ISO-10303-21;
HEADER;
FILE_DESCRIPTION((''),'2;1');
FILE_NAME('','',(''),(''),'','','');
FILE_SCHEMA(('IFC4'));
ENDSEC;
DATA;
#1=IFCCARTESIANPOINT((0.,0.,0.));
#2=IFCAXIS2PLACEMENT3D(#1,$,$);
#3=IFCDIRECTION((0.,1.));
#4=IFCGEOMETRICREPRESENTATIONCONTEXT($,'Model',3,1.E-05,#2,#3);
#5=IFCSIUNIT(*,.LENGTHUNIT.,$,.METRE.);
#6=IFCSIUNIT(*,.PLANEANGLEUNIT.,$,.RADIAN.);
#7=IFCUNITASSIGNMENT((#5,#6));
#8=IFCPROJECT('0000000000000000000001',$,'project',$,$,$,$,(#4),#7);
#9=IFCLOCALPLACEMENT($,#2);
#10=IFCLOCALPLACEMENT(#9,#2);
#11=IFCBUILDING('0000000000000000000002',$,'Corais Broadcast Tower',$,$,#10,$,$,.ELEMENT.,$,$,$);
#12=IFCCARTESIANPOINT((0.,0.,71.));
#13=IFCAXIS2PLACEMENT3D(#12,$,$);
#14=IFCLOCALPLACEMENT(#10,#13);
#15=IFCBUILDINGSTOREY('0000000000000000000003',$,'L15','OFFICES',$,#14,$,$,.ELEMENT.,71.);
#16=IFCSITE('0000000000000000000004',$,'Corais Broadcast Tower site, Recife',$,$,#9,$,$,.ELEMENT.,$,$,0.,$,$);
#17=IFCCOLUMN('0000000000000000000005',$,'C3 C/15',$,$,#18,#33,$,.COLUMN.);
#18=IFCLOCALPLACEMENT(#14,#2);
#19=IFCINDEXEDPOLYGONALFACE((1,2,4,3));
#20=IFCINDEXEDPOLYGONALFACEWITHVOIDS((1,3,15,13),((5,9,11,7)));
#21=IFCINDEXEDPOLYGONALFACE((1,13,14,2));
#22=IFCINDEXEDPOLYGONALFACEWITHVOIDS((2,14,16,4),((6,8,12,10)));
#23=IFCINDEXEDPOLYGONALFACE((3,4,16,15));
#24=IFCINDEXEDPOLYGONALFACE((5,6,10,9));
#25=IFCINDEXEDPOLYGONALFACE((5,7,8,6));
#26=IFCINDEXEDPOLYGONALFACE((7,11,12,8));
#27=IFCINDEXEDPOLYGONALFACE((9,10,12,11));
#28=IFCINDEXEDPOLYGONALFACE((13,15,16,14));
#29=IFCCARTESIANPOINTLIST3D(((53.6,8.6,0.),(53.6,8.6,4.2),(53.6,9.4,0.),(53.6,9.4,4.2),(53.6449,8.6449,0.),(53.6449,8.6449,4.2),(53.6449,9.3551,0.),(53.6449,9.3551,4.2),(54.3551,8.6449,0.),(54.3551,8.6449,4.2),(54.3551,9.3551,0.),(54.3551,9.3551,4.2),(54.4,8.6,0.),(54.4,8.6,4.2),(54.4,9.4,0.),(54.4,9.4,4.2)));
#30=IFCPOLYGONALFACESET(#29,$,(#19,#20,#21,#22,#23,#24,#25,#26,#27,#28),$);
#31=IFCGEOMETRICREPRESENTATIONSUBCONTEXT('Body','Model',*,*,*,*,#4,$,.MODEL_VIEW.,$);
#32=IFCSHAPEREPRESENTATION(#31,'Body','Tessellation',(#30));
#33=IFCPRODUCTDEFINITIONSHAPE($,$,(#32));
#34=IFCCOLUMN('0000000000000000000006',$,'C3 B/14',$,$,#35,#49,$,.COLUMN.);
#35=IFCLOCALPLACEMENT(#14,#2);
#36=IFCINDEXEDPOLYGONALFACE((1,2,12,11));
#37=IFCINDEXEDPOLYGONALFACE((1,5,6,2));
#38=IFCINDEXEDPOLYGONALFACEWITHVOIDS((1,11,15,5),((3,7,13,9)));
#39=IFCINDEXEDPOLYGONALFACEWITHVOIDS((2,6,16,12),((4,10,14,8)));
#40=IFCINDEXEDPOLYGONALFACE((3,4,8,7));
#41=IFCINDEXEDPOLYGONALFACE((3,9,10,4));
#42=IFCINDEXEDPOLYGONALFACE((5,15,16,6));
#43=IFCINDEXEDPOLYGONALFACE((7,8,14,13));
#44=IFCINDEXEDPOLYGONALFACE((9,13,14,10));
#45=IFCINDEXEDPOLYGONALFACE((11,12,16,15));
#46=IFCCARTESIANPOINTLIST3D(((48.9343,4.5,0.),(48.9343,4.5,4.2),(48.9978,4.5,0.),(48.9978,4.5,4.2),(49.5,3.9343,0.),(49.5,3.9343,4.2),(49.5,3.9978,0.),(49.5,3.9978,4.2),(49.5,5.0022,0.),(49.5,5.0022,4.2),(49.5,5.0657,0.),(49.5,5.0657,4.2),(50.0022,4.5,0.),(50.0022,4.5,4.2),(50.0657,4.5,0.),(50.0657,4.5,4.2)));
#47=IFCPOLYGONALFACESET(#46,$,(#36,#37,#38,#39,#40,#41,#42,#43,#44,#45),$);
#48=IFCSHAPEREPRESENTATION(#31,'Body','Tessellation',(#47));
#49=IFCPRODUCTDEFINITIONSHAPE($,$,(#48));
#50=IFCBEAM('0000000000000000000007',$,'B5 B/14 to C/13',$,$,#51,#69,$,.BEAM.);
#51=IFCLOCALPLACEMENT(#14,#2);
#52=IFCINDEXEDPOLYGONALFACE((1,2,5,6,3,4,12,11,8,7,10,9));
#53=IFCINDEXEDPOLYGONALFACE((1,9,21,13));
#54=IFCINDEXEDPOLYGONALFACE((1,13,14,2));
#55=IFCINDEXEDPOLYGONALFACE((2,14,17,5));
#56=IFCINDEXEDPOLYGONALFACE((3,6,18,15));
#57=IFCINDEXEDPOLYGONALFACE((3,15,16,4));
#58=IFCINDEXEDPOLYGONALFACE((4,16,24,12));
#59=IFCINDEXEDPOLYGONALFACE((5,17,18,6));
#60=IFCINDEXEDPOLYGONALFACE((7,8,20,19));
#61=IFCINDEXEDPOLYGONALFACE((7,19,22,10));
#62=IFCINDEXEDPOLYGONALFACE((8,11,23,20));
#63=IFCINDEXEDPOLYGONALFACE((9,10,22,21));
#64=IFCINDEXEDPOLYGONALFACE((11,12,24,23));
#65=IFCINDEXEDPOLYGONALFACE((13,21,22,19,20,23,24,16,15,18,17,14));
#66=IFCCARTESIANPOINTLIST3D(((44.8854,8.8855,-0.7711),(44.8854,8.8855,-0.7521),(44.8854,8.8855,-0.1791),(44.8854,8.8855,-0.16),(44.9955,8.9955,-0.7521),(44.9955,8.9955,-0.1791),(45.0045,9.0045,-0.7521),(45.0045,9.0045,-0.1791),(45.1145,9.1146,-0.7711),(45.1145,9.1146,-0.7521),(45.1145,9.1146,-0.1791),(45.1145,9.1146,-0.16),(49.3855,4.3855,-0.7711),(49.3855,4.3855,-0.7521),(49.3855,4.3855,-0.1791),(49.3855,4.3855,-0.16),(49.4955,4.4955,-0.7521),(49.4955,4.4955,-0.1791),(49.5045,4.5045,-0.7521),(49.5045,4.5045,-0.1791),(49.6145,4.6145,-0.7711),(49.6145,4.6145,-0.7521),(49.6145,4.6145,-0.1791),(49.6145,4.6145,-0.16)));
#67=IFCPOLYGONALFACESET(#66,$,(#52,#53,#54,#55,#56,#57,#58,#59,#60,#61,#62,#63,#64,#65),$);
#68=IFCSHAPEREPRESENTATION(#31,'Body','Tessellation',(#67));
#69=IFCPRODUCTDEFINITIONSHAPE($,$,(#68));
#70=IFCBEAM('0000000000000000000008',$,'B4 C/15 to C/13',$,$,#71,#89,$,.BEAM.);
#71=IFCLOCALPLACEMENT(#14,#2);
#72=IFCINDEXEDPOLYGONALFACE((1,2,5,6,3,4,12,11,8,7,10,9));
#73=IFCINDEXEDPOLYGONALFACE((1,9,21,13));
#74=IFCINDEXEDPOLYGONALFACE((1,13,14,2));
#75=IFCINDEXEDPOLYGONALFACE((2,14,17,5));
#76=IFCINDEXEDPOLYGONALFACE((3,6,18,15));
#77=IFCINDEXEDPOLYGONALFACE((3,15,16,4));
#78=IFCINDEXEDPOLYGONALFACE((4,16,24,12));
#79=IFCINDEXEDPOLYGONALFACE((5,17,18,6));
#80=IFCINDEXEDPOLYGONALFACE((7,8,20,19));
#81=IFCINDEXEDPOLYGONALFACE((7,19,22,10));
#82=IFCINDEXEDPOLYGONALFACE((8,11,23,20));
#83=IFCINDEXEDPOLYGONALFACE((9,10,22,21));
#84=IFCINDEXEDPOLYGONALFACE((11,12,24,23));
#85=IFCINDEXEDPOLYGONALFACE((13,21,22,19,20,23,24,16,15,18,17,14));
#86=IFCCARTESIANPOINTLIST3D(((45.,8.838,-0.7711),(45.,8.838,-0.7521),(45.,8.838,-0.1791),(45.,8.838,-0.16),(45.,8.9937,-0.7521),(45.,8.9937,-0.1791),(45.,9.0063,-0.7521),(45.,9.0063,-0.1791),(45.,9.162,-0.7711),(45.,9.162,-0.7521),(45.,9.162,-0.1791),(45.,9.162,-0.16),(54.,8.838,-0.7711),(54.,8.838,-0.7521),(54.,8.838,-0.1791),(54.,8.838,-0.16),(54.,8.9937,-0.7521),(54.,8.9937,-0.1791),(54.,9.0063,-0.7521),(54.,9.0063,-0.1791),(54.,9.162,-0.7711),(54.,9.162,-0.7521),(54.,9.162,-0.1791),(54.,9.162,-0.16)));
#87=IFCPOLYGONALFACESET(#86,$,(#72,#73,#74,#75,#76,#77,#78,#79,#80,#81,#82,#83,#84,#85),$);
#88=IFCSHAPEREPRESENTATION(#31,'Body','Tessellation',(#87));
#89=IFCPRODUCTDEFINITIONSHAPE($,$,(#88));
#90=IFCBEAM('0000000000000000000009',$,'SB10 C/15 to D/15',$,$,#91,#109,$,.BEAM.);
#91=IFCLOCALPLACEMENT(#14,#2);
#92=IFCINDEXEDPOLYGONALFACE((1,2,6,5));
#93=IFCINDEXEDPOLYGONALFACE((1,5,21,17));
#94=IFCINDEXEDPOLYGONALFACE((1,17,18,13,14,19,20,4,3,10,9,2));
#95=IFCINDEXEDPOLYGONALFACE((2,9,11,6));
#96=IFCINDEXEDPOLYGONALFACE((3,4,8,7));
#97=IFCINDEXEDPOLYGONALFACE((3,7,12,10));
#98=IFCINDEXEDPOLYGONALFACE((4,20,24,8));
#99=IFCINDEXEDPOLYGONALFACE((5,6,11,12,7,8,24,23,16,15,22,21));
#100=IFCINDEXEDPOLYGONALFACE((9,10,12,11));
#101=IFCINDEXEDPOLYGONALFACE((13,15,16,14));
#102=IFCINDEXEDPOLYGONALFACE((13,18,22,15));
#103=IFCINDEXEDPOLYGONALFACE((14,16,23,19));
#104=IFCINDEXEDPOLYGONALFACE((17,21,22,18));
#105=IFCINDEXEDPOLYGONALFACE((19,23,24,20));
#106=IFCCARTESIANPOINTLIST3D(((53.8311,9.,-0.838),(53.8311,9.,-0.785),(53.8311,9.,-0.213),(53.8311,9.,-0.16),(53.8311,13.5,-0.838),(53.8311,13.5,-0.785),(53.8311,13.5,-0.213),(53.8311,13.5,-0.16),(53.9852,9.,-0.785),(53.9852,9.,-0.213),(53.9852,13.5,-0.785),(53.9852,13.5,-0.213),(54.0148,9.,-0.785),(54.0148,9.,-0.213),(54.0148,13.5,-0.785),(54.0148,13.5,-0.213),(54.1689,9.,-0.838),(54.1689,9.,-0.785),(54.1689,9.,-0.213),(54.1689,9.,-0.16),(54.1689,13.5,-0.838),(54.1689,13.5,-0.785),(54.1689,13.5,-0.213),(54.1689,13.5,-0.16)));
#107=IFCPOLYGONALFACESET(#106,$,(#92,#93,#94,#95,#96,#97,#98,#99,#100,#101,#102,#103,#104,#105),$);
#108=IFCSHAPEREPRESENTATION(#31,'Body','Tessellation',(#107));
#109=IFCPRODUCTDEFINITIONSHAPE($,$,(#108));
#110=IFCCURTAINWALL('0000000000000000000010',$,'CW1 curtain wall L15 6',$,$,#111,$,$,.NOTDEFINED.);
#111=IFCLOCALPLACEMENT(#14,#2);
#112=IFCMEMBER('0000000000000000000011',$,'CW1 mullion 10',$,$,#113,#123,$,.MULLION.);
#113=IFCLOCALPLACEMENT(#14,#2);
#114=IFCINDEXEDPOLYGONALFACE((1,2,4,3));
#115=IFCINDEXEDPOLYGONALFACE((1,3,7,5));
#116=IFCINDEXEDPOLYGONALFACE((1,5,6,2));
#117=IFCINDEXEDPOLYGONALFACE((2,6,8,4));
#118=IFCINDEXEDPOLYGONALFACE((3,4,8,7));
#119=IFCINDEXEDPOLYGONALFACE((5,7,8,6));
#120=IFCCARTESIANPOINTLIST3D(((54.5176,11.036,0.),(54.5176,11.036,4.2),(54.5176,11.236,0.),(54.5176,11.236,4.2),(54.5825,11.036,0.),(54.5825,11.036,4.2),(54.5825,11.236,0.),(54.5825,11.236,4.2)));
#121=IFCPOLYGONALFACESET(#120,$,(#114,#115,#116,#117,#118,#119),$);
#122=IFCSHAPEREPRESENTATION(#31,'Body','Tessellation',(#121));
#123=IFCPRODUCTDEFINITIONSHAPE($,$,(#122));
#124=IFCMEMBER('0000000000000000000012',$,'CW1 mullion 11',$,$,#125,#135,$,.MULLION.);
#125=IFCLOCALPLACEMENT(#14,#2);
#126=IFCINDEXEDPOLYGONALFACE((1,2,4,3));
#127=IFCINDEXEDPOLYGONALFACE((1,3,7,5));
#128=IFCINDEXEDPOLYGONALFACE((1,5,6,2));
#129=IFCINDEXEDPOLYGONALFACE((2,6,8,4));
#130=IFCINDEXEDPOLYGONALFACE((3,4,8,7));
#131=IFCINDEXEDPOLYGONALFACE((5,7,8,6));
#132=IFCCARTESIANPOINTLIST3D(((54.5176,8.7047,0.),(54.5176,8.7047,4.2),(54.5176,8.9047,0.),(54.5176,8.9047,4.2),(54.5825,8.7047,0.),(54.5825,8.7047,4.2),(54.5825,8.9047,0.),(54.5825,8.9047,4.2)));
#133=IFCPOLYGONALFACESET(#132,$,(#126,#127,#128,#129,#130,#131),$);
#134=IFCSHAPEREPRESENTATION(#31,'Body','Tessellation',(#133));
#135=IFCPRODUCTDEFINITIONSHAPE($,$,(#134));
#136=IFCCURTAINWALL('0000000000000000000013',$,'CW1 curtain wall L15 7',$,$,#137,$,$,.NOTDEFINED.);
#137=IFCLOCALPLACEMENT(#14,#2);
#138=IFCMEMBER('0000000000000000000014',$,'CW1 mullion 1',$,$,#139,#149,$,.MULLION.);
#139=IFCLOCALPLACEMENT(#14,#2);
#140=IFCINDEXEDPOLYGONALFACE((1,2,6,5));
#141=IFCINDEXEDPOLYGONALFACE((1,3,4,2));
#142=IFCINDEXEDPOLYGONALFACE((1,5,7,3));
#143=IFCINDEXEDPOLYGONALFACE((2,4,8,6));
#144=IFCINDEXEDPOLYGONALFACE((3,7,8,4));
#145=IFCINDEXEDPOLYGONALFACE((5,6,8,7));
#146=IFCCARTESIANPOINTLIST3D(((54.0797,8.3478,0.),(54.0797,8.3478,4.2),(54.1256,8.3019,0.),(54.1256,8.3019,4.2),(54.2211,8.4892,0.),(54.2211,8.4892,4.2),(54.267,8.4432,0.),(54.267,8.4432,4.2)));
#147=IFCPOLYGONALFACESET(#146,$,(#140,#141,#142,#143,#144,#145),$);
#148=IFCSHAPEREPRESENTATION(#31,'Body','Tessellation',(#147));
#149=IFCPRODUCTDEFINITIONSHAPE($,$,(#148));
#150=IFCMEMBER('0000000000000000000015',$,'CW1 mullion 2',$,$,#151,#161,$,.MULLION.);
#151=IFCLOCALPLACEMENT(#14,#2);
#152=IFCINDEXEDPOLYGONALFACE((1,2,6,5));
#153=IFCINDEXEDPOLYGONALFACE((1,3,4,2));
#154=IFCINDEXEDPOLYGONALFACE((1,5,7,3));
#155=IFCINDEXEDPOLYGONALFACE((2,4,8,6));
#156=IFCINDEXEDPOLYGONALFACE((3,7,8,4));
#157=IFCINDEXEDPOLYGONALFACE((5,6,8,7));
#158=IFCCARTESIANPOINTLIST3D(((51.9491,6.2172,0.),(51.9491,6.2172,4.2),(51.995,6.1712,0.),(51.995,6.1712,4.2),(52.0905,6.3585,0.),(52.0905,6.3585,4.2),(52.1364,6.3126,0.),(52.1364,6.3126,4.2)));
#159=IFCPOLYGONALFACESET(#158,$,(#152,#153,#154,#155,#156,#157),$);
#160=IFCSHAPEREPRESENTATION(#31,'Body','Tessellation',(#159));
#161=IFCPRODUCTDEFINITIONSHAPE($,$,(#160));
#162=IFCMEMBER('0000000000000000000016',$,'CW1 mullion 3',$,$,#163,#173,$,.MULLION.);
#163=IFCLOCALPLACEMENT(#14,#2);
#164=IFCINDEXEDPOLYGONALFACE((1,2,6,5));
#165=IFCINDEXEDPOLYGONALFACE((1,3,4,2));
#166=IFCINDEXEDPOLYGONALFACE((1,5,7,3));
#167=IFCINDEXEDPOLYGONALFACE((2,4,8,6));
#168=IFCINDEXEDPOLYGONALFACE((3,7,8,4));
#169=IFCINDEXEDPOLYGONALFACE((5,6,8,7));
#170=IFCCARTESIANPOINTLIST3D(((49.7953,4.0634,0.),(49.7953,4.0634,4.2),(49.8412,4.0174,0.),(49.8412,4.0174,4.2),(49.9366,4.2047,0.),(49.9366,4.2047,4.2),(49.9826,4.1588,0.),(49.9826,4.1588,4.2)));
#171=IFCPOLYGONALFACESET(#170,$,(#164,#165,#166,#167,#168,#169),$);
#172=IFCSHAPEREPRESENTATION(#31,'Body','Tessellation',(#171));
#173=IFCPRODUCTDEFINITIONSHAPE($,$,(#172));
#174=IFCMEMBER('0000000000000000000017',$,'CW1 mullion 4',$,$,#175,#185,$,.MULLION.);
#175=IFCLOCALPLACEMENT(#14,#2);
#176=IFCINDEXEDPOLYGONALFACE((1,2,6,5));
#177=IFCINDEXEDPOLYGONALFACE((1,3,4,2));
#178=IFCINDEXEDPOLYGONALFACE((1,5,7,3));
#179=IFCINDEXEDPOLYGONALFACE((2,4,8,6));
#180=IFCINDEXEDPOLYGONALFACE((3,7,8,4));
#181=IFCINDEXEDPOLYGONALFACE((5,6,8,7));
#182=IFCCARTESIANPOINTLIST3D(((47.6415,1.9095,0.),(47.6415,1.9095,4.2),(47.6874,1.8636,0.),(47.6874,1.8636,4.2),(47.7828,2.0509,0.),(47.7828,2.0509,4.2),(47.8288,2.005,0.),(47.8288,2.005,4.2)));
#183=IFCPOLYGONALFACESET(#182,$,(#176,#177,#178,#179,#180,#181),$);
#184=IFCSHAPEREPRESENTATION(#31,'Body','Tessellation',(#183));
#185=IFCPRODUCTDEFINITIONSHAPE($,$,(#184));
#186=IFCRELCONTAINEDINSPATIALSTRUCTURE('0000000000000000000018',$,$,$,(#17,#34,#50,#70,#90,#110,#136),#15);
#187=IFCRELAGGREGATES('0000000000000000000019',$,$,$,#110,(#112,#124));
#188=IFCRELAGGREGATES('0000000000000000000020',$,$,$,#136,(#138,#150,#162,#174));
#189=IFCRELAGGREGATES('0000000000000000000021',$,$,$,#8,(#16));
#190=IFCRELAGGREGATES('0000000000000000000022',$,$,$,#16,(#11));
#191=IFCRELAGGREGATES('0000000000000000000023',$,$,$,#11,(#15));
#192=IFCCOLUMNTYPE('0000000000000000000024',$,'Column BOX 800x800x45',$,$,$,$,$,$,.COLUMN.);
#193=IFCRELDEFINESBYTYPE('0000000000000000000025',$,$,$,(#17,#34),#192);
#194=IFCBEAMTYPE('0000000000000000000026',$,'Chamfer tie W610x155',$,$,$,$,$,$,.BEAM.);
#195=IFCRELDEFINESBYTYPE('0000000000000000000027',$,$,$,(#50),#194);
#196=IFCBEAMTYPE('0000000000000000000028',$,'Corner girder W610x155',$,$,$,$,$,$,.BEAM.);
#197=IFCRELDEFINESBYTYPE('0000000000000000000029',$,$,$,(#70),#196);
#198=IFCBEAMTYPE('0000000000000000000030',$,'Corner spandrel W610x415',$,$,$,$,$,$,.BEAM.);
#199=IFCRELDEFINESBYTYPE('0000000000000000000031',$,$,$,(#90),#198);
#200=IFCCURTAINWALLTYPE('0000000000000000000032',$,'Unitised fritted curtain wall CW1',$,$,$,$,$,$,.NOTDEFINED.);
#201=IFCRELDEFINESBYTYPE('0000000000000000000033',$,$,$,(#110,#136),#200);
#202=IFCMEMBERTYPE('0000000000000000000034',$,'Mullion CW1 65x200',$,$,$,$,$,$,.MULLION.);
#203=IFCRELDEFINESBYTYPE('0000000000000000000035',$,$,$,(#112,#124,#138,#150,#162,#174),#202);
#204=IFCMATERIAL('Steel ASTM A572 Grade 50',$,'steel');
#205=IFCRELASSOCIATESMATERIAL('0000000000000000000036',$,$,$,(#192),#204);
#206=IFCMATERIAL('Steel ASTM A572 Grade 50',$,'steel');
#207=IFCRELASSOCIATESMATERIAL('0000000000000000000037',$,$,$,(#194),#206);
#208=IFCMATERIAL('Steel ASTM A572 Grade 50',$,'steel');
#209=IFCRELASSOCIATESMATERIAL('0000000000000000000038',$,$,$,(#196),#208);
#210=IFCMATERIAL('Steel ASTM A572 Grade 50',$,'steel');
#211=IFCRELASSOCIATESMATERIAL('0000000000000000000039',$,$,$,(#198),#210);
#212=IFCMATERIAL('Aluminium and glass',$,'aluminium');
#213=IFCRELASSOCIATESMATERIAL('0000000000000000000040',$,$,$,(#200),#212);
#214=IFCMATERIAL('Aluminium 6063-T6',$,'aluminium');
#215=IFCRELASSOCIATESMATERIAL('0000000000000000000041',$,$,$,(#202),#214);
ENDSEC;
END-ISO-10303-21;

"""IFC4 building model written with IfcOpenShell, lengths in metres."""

from ifc_helpers import new_model, si_unit, direction, frame, origin, origin_2d, place, context, subcontext, project, spatial, rectangle, hollow_rectangle, i_section, extrude, material, material_profile, profile_set, type_object, element, aggregate, save


model = new_model("IFC4")

# Units and contexts
model_context = context("Model", 3, precision=1e-05, world=origin(), true_north=direction((0.0, 1.0)))
body_context = subcontext(model_context, "Body", "Model", "MODEL_VIEW")
ifc_project = project(units=[si_unit("LENGTHUNIT", "METRE"), si_unit("PLANEANGLEUNIT", "RADIAN")], contexts=[model_context])

# Site, building, storey
site_placement = place(None, origin())
site = spatial("IfcSite", under=ifc_project, at=site_placement, Name="Corais Broadcast Tower site, Recife", CompositionType="ELEMENT", RefElevation=0.0)
building_placement = place(site_placement, origin())
building = spatial("IfcBuilding", under=site, at=building_placement, Name="Corais Broadcast Tower", CompositionType="ELEMENT")
storey_placement = place(building_placement, frame((0.0, 0.0, 71.0)))
storey = spatial("IfcBuildingStorey", under=building, at=storey_placement, Name="L15", Description="OFFICES", CompositionType="ELEMENT", Elevation=71.0)

# Columns
ifc_material_1 = material(Name="Steel ASTM A572 Grade 50", Category="steel")
ifc_material_profile_1 = material_profile(ifc_material_1, hollow_rectangle(XDim=0.8, YDim=0.8, WallThickness=0.0449, at=origin_2d()), Name="BOX 800x800x45")
ifc_profile_set_1 = profile_set([ifc_material_profile_1], Name="Steel ASTM A572 Grade 50")
column_type = type_object("IfcColumnType", Name="Column BOX 800x800x45", PredefinedType="COLUMN", material=ifc_profile_set_1)
for number, where, z_axis, x_axis, name in (
    (1, (54.0, 9.0, 0.0), (0.0, 0.0, 1.0), (1.0, 0.0, 0.0), "C3 C/15"),
    (2, (49.5, 4.5, 0.0), (0.0, 0.0, 1.0), (0.707107, 0.707107, 0.0), "C3 B/14"),
):
    element("IfcColumn", number, at=place(storey_placement, frame(where, z_axis=z_axis, x_axis=x_axis)), inside=storey, type_object=column_type, Name=name, PredefinedType="COLUMN", context=body_context, shape_type="SweptSolid", body=[
        extrude(hollow_rectangle(XDim=0.8, YDim=0.8, WallThickness=0.0449, at=origin_2d()), origin(), (0.0, 0.0, 1.0), 4.2),
    ])

# Beams
ifc_material_2 = material(Name="Steel ASTM A572 Grade 50", Category="steel")
ifc_material_profile_2 = material_profile(ifc_material_2, i_section(OverallWidth=0.324, OverallDepth=0.6111, WebThickness=0.0127, FlangeThickness=0.019, at=origin_2d()), Name="W610x155")
ifc_profile_set_2 = profile_set([ifc_material_profile_2], Name="Steel ASTM A572 Grade 50")
beam_type_1 = type_object("IfcBeamType", Name="Chamfer tie W610x155", PredefinedType="BEAM", material=ifc_profile_set_2)
beam_1_placement = place(storey_placement, frame((49.5, 4.5, -0.4656), z_axis=(-0.707107, 0.707107, 0.0), x_axis=(-0.707107, -0.707107, 0.0)))
element("IfcBeam", 3, at=beam_1_placement, inside=storey, type_object=beam_type_1, Name="B5 B/14 to C/13", PredefinedType="BEAM", context=body_context, shape_type="SweptSolid", body=[
    extrude(i_section(OverallWidth=0.324, OverallDepth=0.6111, WebThickness=0.0127, FlangeThickness=0.019, at=origin_2d()), origin(), (0.0, 0.0, 1.0), 6.364),
])
ifc_material_3 = material(Name="Steel ASTM A572 Grade 50", Category="steel")
ifc_material_profile_3 = material_profile(ifc_material_3, i_section(OverallWidth=0.324, OverallDepth=0.6111, WebThickness=0.0127, FlangeThickness=0.019, at=origin_2d()), Name="W610x155")
ifc_profile_set_3 = profile_set([ifc_material_profile_3], Name="Steel ASTM A572 Grade 50")
beam_type_2 = type_object("IfcBeamType", Name="Corner girder W610x155", PredefinedType="BEAM", material=ifc_profile_set_3)
beam_2_placement = place(storey_placement, frame((54.0, 9.0, -0.4656), z_axis=(-1.0, 0.0, 0.0), x_axis=(0.0, -1.0, 0.0)))
element("IfcBeam", 4, at=beam_2_placement, inside=storey, type_object=beam_type_2, Name="B4 C/15 to C/13", PredefinedType="BEAM", context=body_context, shape_type="SweptSolid", body=[
    extrude(i_section(OverallWidth=0.324, OverallDepth=0.6111, WebThickness=0.0127, FlangeThickness=0.019, at=origin_2d()), origin(), (0.0, 0.0, 1.0), 9.0),
])
ifc_material_4 = material(Name="Steel ASTM A572 Grade 50", Category="steel")
ifc_material_profile_4 = material_profile(ifc_material_4, i_section(OverallWidth=0.3379, OverallDepth=0.678, WebThickness=0.0295, FlangeThickness=0.053, at=origin_2d()), Name="W610x415")
ifc_profile_set_4 = profile_set([ifc_material_profile_4], Name="Steel ASTM A572 Grade 50")
beam_type_3 = type_object("IfcBeamType", Name="Corner spandrel W610x415", PredefinedType="BEAM", material=ifc_profile_set_4)
beam_3_placement = place(storey_placement, frame((54.0, 9.0, -0.499), z_axis=(0.0, 1.0, 0.0), x_axis=(-1.0, 0.0, 0.0)))
element("IfcBeam", 5, at=beam_3_placement, inside=storey, type_object=beam_type_3, Name="SB10 C/15 to D/15", PredefinedType="BEAM", context=body_context, shape_type="SweptSolid", body=[
    extrude(i_section(OverallWidth=0.3379, OverallDepth=0.678, WebThickness=0.0295, FlangeThickness=0.053, at=origin_2d()), origin(), (0.0, 0.0, 1.0), 4.5),
])

# Curtain walls, members
ifc_material_5 = material(Name="Aluminium and glass", Category="aluminium")
curtain_wall_type = type_object("IfcCurtainWallType", Name="Unitised fritted curtain wall CW1", PredefinedType="NOTDEFINED", material=ifc_material_5)
curtain_wall_1_placement = place(storey_placement, origin())
curtain_wall_1 = element("IfcCurtainWall", 6, at=curtain_wall_1_placement, inside=storey, type_object=curtain_wall_type, Name="CW1 curtain wall L15 6", PredefinedType="NOTDEFINED")
ifc_material_6 = material(Name="Aluminium 6063-T6", Category="aluminium")
ifc_material_profile_5 = material_profile(ifc_material_6, rectangle(XDim=0.0649, YDim=0.2, at=origin_2d()), Name="Mullion CW1 65x200")
ifc_profile_set_5 = profile_set([ifc_material_profile_5], Name="Aluminium 6063-T6")
member_type_1 = type_object("IfcMemberType", Name="Mullion CW1 65x200", PredefinedType="MULLION", material=ifc_profile_set_5)
member_1_placement = place(storey_placement, frame((54.55, 11.136, 0.0), z_axis=(0.0, 0.0, 1.0), x_axis=(1.0, 0.0, 0.0)))
member_1 = element("IfcMember", 7, at=member_1_placement, type_object=member_type_1, Name="CW1 mullion 10", PredefinedType="MULLION", context=body_context, shape_type="SweptSolid", body=[
    extrude(rectangle(XDim=0.0649, YDim=0.2, at=origin_2d()), origin(), (0.0, 0.0, 1.0), 4.2),
])
member_2_placement = place(storey_placement, frame((54.55, 8.8047, 0.0), z_axis=(0.0, 0.0, 1.0), x_axis=(1.0, 0.0, 0.0)))
member_2 = element("IfcMember", 8, at=member_2_placement, type_object=member_type_1, Name="CW1 mullion 11", PredefinedType="MULLION", context=body_context, shape_type="SweptSolid", body=[
    extrude(rectangle(XDim=0.0649, YDim=0.2, at=origin_2d()), origin(), (0.0, 0.0, 1.0), 4.2),
])
curtain_wall_2_placement = place(storey_placement, origin())
curtain_wall_2 = element("IfcCurtainWall", 9, at=curtain_wall_2_placement, inside=storey, type_object=curtain_wall_type, Name="CW1 curtain wall L15 7", PredefinedType="NOTDEFINED")
member_3_placement = place(storey_placement, frame((54.1733, 8.3955, 0.0), z_axis=(0.0, 0.0, 1.0), x_axis=(0.707107, -0.707107, 0.0)))
member_3 = element("IfcMember", 10, at=member_3_placement, type_object=member_type_1, Name="CW1 mullion 1", PredefinedType="MULLION", context=body_context, shape_type="SweptSolid", body=[
    extrude(rectangle(XDim=0.0649, YDim=0.2, at=origin_2d()), origin(), (0.0, 0.0, 1.0), 4.2),
])
member_4_placement = place(storey_placement, frame((52.0427, 6.2649, 0.0), z_axis=(0.0, 0.0, 1.0), x_axis=(0.707107, -0.707107, 0.0)))
member_4 = element("IfcMember", 11, at=member_4_placement, type_object=member_type_1, Name="CW1 mullion 2", PredefinedType="MULLION", context=body_context, shape_type="SweptSolid", body=[
    extrude(rectangle(XDim=0.0649, YDim=0.2, at=origin_2d()), origin(), (0.0, 0.0, 1.0), 4.2),
])
member_5_placement = place(storey_placement, frame((49.8889, 4.1111, 0.0), z_axis=(0.0, 0.0, 1.0), x_axis=(0.707107, -0.707107, 0.0)))
member_5 = element("IfcMember", 12, at=member_5_placement, type_object=member_type_1, Name="CW1 mullion 3", PredefinedType="MULLION", context=body_context, shape_type="SweptSolid", body=[
    extrude(rectangle(XDim=0.0649, YDim=0.2, at=origin_2d()), origin(), (0.0, 0.0, 1.0), 4.2),
])
member_6_placement = place(storey_placement, frame((47.7351, 1.9573, 0.0), z_axis=(0.0, 0.0, 1.0), x_axis=(0.707107, -0.707107, 0.0)))
member_6 = element("IfcMember", 13, at=member_6_placement, type_object=member_type_1, Name="CW1 mullion 4", PredefinedType="MULLION", context=body_context, shape_type="SweptSolid", body=[
    extrude(rectangle(XDim=0.0649, YDim=0.2, at=origin_2d()), origin(), (0.0, 0.0, 1.0), 4.2),
])

aggregate(curtain_wall_1, [member_1, member_2])
aggregate(curtain_wall_2, [member_3, member_4, member_5, member_6])

save(model, "model.ifc")
